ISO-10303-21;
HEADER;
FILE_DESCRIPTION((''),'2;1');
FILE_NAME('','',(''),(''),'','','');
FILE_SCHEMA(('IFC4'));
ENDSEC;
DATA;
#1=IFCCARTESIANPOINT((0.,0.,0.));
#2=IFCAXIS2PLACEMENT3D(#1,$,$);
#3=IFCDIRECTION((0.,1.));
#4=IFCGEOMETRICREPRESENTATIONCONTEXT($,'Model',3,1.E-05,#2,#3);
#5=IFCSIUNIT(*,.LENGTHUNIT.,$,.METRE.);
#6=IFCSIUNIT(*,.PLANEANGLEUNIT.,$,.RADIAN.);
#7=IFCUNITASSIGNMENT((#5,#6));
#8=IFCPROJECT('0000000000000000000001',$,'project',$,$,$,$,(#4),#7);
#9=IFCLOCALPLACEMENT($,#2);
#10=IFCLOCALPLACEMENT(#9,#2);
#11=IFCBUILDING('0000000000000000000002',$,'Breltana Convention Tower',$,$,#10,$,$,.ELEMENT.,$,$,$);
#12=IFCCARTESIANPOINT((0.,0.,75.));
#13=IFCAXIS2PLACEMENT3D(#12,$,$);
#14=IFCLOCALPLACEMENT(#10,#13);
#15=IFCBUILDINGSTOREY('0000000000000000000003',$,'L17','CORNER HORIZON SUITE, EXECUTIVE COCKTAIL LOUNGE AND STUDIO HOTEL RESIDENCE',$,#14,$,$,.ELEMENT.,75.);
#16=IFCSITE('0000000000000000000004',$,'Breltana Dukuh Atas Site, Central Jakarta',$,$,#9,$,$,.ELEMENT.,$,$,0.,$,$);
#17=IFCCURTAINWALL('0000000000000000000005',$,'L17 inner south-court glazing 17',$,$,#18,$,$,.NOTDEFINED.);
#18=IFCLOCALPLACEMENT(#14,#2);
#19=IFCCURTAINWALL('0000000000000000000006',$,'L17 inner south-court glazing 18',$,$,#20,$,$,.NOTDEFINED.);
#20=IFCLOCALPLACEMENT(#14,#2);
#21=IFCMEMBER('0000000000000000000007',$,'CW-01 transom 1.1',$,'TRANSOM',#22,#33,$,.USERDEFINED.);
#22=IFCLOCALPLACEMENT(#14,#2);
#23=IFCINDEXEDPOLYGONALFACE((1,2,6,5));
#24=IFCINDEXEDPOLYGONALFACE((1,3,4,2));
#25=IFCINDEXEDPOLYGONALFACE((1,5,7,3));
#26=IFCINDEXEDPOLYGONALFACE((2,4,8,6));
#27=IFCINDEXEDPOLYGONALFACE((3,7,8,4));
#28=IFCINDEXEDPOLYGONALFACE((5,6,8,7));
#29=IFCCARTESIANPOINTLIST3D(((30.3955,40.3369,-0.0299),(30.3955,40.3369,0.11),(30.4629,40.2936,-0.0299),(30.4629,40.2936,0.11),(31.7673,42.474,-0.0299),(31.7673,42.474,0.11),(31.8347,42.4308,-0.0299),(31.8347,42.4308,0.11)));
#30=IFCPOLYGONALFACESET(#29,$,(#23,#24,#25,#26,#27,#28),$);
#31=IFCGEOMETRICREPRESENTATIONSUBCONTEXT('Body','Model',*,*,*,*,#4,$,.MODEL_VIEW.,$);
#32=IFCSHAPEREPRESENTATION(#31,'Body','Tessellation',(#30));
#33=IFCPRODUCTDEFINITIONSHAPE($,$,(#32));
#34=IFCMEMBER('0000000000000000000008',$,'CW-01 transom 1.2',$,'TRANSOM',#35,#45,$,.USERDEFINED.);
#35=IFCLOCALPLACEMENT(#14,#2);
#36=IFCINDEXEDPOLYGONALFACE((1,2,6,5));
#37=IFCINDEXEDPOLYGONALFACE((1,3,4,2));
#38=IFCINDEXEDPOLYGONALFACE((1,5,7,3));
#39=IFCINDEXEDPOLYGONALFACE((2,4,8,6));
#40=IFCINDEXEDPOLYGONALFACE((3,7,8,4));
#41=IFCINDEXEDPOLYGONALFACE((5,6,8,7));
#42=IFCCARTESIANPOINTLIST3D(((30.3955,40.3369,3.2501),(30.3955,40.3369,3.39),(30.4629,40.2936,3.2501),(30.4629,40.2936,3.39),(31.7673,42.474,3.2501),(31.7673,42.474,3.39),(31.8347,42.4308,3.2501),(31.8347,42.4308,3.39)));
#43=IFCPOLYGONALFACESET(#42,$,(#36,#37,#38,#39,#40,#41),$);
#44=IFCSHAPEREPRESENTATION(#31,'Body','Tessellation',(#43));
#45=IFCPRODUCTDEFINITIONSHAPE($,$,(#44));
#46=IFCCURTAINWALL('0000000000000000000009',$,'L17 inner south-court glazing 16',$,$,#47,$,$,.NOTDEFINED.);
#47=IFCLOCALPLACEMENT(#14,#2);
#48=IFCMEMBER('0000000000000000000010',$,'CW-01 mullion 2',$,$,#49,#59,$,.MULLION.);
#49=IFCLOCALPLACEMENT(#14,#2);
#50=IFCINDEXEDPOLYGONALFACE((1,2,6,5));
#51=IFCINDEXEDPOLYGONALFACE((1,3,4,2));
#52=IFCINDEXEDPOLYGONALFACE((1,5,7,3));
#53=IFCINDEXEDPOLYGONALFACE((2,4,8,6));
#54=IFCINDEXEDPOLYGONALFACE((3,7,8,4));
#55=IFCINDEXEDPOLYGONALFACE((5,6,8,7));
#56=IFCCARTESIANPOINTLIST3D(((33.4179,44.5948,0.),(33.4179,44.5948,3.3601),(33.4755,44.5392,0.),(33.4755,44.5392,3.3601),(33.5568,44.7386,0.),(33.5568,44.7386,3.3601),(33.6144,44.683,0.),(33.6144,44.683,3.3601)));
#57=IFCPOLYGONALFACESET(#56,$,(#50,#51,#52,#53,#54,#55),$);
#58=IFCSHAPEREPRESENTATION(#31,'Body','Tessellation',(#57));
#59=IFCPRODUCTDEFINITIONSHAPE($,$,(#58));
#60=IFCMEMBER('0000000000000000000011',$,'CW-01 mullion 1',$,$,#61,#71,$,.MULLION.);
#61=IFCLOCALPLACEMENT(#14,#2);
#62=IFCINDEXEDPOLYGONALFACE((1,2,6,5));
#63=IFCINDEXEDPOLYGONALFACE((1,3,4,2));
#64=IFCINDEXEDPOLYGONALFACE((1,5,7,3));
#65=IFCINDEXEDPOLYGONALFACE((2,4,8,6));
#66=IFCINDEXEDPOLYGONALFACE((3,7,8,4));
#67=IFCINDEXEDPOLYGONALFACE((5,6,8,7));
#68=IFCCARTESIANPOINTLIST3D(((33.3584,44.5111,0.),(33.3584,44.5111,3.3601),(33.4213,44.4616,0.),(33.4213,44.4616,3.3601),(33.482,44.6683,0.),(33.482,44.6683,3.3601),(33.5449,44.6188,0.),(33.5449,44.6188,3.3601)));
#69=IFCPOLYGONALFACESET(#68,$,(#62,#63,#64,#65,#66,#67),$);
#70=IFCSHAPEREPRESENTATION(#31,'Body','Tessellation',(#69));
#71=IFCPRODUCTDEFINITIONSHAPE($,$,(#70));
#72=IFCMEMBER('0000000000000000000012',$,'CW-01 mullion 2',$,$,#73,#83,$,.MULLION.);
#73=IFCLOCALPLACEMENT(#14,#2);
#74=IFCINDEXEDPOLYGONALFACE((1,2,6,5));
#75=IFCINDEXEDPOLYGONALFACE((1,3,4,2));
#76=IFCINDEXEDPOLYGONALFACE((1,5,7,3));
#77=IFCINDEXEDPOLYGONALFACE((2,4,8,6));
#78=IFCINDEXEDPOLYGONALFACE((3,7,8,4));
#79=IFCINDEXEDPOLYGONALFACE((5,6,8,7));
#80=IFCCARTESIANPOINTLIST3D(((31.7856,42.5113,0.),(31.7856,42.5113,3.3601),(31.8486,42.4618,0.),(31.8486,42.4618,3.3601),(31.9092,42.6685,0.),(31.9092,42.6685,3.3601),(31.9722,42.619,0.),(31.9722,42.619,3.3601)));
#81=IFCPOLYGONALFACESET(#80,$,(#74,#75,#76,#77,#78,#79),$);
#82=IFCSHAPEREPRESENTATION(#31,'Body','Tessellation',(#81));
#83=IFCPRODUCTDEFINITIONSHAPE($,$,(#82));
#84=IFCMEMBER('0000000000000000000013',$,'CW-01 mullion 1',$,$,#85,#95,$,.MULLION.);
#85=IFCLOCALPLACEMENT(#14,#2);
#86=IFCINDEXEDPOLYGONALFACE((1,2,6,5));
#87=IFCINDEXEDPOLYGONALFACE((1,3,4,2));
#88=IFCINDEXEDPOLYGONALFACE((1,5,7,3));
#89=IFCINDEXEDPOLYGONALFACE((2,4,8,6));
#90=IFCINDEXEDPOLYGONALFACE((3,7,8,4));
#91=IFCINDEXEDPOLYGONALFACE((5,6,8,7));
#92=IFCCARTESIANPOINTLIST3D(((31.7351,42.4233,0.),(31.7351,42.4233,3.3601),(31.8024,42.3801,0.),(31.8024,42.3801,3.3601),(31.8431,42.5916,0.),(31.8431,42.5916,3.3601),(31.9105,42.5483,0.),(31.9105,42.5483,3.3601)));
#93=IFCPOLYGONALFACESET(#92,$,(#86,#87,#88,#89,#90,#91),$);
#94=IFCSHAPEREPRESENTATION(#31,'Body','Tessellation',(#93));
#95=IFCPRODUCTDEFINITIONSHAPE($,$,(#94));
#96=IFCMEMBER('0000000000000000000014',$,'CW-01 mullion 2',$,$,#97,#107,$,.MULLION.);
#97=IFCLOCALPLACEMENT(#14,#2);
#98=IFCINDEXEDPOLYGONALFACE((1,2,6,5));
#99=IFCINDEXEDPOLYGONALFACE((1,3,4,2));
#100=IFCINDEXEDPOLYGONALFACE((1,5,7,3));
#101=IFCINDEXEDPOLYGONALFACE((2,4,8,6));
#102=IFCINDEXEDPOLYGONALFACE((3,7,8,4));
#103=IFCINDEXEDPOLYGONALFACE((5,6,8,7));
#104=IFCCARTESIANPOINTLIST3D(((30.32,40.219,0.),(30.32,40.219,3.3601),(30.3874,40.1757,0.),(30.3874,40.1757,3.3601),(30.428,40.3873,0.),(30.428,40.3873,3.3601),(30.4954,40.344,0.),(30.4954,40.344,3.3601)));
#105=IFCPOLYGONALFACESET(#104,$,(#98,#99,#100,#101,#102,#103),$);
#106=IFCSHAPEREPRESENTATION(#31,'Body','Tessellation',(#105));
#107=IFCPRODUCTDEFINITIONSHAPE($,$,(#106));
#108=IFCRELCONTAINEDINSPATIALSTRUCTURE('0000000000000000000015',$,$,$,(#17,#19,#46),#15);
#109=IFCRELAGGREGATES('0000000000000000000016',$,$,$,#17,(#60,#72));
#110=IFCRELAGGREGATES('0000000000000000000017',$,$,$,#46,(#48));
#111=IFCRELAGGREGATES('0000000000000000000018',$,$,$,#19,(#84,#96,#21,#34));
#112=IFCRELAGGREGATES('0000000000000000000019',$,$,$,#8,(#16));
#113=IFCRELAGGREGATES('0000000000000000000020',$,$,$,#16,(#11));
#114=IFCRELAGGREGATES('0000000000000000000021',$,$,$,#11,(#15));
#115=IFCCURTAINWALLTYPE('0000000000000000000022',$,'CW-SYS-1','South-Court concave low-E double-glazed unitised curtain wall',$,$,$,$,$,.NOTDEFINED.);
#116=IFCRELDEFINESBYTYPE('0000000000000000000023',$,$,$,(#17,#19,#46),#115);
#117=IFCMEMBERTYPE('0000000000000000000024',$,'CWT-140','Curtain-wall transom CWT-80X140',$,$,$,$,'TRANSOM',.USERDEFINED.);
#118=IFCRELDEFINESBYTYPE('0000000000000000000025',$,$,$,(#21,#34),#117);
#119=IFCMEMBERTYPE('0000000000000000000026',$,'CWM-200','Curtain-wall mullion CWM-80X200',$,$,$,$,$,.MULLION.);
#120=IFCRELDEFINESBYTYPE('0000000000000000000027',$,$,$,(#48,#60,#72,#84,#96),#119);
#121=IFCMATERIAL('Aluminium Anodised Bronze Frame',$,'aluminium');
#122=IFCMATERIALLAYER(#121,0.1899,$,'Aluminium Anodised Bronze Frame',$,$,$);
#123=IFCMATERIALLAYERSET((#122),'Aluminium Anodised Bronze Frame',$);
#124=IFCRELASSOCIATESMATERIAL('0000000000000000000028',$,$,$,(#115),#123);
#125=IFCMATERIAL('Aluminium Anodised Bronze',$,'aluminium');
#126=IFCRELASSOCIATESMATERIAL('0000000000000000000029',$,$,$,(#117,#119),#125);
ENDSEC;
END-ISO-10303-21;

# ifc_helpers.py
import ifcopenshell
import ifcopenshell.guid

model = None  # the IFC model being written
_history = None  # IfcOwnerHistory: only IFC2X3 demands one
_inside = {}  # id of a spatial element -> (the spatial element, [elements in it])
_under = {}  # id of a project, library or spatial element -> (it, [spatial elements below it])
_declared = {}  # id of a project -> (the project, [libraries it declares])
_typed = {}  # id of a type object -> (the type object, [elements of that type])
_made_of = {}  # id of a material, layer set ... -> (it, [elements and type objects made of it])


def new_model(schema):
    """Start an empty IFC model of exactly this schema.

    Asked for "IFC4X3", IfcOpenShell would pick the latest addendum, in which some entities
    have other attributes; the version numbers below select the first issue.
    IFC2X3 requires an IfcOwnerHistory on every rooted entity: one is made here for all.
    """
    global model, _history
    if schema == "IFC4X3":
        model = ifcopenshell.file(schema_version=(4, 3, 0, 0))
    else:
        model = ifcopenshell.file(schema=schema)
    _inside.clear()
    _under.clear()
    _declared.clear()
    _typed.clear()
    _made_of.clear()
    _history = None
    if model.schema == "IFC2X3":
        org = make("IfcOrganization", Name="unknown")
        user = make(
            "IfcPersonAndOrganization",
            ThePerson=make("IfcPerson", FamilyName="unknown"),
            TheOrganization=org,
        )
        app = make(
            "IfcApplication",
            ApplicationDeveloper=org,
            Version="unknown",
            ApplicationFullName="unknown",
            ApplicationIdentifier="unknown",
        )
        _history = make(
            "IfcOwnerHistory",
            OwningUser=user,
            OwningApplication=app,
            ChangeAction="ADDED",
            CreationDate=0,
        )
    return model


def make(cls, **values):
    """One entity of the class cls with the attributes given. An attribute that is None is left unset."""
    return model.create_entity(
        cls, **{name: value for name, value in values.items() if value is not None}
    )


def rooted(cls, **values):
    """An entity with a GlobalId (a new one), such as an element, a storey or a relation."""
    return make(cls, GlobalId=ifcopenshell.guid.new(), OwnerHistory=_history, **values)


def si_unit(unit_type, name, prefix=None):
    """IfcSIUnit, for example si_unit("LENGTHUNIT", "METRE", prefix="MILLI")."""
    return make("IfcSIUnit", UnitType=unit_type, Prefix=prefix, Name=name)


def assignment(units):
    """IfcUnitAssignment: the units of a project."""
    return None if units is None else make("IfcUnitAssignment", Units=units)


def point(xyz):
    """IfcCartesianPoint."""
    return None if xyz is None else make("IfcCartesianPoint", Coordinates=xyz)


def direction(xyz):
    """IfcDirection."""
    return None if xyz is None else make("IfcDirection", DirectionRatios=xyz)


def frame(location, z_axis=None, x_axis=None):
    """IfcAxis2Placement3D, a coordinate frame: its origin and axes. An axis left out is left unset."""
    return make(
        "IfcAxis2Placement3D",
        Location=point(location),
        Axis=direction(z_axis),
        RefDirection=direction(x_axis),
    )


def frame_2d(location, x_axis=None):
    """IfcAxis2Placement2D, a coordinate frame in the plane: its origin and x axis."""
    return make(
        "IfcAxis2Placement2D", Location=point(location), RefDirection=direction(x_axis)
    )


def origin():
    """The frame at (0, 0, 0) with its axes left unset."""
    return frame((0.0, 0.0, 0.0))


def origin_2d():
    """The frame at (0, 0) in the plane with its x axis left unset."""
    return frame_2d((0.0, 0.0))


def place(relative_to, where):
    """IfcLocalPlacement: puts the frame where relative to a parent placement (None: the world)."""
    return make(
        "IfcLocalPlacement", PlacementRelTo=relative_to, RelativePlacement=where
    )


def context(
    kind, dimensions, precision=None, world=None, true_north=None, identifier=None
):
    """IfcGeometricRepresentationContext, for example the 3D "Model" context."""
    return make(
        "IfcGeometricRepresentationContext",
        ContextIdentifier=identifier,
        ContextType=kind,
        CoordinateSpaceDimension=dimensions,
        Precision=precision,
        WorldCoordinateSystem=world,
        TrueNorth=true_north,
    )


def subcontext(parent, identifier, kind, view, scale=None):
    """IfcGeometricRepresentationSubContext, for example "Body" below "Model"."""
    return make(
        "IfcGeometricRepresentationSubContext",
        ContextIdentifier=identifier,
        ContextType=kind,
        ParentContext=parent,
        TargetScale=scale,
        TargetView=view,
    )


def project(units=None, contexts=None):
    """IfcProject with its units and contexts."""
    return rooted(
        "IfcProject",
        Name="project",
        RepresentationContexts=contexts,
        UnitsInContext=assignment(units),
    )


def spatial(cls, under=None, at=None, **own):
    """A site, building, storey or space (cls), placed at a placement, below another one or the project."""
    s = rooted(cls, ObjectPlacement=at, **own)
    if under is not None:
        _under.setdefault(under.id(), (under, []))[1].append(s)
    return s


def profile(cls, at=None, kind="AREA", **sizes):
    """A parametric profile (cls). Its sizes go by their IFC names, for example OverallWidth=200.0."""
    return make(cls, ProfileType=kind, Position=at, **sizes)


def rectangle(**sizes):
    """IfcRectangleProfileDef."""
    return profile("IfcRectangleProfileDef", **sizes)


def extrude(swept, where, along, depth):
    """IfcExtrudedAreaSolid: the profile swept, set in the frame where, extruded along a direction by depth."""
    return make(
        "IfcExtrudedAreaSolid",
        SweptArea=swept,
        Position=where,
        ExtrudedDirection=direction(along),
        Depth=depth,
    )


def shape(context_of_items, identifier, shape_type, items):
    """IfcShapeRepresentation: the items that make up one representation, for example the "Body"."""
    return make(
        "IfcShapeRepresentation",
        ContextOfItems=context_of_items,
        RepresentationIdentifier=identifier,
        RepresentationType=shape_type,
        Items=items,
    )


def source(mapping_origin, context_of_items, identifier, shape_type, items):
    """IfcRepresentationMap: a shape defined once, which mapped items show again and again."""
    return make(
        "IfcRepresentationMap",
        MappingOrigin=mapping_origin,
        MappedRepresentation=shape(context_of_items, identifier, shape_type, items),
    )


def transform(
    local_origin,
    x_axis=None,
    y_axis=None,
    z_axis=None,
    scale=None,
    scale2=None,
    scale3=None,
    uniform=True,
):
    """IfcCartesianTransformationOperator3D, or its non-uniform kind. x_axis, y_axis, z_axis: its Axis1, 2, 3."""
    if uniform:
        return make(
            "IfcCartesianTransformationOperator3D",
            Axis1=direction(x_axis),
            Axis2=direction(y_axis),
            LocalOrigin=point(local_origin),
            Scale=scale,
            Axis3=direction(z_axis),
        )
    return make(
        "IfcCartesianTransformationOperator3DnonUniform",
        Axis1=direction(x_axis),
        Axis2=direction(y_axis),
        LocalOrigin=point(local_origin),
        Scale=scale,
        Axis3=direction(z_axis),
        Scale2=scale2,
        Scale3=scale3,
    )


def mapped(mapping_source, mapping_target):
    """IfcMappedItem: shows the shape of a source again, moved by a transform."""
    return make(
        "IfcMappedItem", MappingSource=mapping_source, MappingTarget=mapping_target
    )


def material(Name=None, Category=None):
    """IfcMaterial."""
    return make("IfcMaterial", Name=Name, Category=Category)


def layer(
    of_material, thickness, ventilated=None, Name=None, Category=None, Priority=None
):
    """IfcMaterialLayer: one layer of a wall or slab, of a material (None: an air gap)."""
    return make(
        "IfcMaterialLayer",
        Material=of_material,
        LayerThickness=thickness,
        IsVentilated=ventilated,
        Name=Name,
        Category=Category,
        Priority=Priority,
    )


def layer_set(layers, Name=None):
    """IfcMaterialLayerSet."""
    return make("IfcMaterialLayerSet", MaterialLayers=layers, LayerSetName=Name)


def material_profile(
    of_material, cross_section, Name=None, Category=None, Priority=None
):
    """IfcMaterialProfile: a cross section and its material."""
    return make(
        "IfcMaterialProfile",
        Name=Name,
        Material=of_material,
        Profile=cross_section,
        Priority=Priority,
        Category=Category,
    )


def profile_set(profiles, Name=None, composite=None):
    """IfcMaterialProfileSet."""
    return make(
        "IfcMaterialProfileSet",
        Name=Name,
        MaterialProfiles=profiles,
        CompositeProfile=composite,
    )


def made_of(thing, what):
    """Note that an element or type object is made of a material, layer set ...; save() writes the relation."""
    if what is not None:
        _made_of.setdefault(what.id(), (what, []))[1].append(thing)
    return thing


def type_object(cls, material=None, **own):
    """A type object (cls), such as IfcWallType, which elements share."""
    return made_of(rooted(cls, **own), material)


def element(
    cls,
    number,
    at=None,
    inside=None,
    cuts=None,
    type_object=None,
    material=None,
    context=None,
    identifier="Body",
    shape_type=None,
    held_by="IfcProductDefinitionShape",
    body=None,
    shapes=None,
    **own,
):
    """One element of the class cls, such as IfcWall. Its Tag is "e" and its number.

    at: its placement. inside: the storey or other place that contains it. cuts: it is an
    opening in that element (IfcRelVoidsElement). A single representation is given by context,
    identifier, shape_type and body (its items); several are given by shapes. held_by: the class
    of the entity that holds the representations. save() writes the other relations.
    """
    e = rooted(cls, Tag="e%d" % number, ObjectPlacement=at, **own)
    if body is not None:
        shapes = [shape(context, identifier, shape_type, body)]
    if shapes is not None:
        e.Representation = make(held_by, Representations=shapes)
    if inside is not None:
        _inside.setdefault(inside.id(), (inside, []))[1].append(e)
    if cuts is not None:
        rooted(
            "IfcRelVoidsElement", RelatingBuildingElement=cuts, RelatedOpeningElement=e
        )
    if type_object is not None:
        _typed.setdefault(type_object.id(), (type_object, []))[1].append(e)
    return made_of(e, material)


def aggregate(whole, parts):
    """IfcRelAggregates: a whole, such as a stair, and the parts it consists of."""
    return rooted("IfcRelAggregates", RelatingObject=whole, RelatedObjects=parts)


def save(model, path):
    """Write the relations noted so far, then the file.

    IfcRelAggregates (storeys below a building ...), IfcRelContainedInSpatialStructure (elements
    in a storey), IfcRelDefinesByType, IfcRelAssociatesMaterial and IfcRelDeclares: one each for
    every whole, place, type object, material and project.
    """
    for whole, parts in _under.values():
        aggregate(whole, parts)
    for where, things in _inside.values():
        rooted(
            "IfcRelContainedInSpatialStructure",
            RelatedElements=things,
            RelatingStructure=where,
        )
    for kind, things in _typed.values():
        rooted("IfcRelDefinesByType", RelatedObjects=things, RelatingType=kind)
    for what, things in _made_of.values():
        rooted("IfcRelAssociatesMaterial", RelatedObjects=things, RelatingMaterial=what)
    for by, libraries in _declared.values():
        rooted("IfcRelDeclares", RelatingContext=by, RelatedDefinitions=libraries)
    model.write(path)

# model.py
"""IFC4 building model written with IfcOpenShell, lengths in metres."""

from ifc_helpers import new_model, si_unit, direction, frame, origin, origin_2d, place, context, subcontext, project, spatial, rectangle, extrude, source, transform, mapped, material, layer, layer_set, material_profile, profile_set, type_object, element, aggregate, save


model = new_model("IFC4")

# Units and contexts
model_context = context("Model", 3, precision=1e-05, world=origin(), true_north=direction((0.0, 1.0)))
body_context = subcontext(model_context, "Body", "Model", "MODEL_VIEW")
ifc_project = project(units=[si_unit("LENGTHUNIT", "METRE"), si_unit("PLANEANGLEUNIT", "RADIAN")], contexts=[model_context])

# Site, building, storey
site_placement = place(None, origin())
site = spatial("IfcSite", under=ifc_project, at=site_placement, Name="Breltana Dukuh Atas Site, Central Jakarta", CompositionType="ELEMENT", RefElevation=0.0)
building_placement = place(site_placement, origin())
building = spatial("IfcBuilding", under=site, at=building_placement, Name="Breltana Convention Tower", CompositionType="ELEMENT")
storey_placement = place(building_placement, frame((0.0, 0.0, 75.0)))
storey = spatial("IfcBuildingStorey", under=building, at=storey_placement, Name="L17", Description="CORNER HORIZON SUITE, EXECUTIVE COCKTAIL LOUNGE AND STUDIO HOTEL RESIDENCE", CompositionType="ELEMENT", Elevation=75.0)

# Curtain walls, members
ifc_material_1 = material(Name="Aluminium Anodised Bronze Frame", Category="aluminium")
ifc_layer_1 = layer(ifc_material_1, 0.1899, Name="Aluminium Anodised Bronze Frame")
ifc_layer_set_1 = layer_set([ifc_layer_1], Name="Aluminium Anodised Bronze Frame")
curtain_wall_type = type_object("IfcCurtainWallType", Name="CW-SYS-1", Description="South-Court concave low-E double-glazed unitised curtain wall", PredefinedType="NOTDEFINED", material=ifc_layer_set_1)
curtain_wall_1_placement = place(storey_placement, origin())
curtain_wall_1 = element("IfcCurtainWall", 1, at=curtain_wall_1_placement, inside=storey, type_object=curtain_wall_type, Name="L17 inner south-court glazing 17", PredefinedType="NOTDEFINED")
ifc_material_2 = material(Name="Aluminium Anodised Bronze", Category="aluminium")
ifc_material_profile_1 = material_profile(ifc_material_2, rectangle(XDim=0.0801, YDim=0.1399, at=origin_2d()), Name="CWT-80X140")
ifc_profile_set_1 = profile_set([ifc_material_profile_1], Name="Aluminium Anodised Bronze")
member_type_1 = type_object("IfcMemberType", Name="CWT-140", Description="Curtain-wall transom CWT-80X140", ElementType="TRANSOM", PredefinedType="USERDEFINED", material=ifc_profile_set_1)
curtain_wall_2_placement = place(storey_placement, origin())
curtain_wall_2 = element("IfcCurtainWall", 2, at=curtain_wall_2_placement, inside=storey, type_object=curtain_wall_type, Name="L17 inner south-court glazing 18", PredefinedType="NOTDEFINED")
shared_shape_1 = source(origin(), body_context, "Body", "SweptSolid", [
    extrude(rectangle(XDim=0.0801, YDim=0.1399, at=origin_2d()), origin(), (0.0, 0.0, 1.0), 2.5396),
])
member_1_placement = place(storey_placement, frame((31.801, 42.4524, 0.04), z_axis=(-0.540174, -0.841553, 0.0), x_axis=(0.841553, -0.540174, 0.0)))
member_1 = element("IfcMember", 3, at=member_1_placement, type_object=member_type_1, Name="CW-01 transom 1.1", ObjectType="TRANSOM", PredefinedType="USERDEFINED", context=body_context, shape_type="MappedRepresentation", body=[
    mapped(shared_shape_1, transform((0.0, 0.0, 0.0), scale=1.0)),
])
member_2_placement = place(storey_placement, frame((31.801, 42.4524, 3.3201), z_axis=(-0.540174, -0.841553, 0.0), x_axis=(0.841553, -0.540174, 0.0)))
member_2 = element("IfcMember", 4, at=member_2_placement, type_object=member_type_1, Name="CW-01 transom 1.2", ObjectType="TRANSOM", PredefinedType="USERDEFINED", context=body_context, shape_type="MappedRepresentation", body=[
    mapped(shared_shape_1, transform((0.0, 0.0, 0.0), scale=1.0)),
])

# Curtain wall, member
curtain_wall_3_placement = place(storey_placement, origin())
curtain_wall_3 = element("IfcCurtainWall", 5, at=curtain_wall_3_placement, inside=storey, type_object=curtain_wall_type, Name="L17 inner south-court glazing 16", PredefinedType="NOTDEFINED")
ifc_material_profile_2 = material_profile(ifc_material_2, rectangle(XDim=0.0801, YDim=0.2, at=origin_2d()), Name="CWM-80X200")
ifc_profile_set_2 = profile_set([ifc_material_profile_2], Name="Aluminium Anodised Bronze")
member_type_2 = type_object("IfcMemberType", Name="CWM-200", Description="Curtain-wall mullion CWM-80X200", PredefinedType="MULLION", material=ifc_profile_set_2)
shared_shape_2 = source(origin(), body_context, "Body", "SweptSolid", [
    extrude(rectangle(XDim=0.0801, YDim=0.2, at=origin_2d()), origin(), (0.0, 0.0, 1.0), 3.3601),
])
member_3_placement = place(storey_placement, frame((33.5161, 44.6389, 0.0), z_axis=(0.0, 0.0, 1.0), x_axis=(0.719385, -0.694612, 0.0)))
member_3 = element("IfcMember", 6, at=member_3_placement, type_object=member_type_2, Name="CW-01 mullion 2", PredefinedType="MULLION", context=body_context, shape_type="MappedRepresentation", body=[
    mapped(shared_shape_2, transform((0.0, 0.0, 0.0), scale=1.0)),
])

# Members
member_4_placement = place(storey_placement, frame((33.4517, 44.5649, 0.0), z_axis=(0.0, 0.0, 1.0), x_axis=(0.786058, -0.618153, 0.0)))
member_4 = element("IfcMember", 7, at=member_4_placement, type_object=member_type_2, Name="CW-01 mullion 1", PredefinedType="MULLION", context=body_context, shape_type="MappedRepresentation", body=[
    mapped(shared_shape_2, transform((0.0, 0.0, 0.0), scale=1.0)),
])
member_5_placement = place(storey_placement, frame((31.8789, 42.5652, 0.0), z_axis=(0.0, 0.0, 1.0), x_axis=(0.786058, -0.618153, 0.0)))
member_5 = element("IfcMember", 8, at=member_5_placement, type_object=member_type_2, Name="CW-01 mullion 2", PredefinedType="MULLION", context=body_context, shape_type="MappedRepresentation", body=[
    mapped(shared_shape_2, transform((0.0, 0.0, 0.0), scale=1.0)),
])
member_6_placement = place(storey_placement, frame((31.8228, 42.4858, 0.0), z_axis=(0.0, 0.0, 1.0), x_axis=(0.841556, -0.54017, 0.0)))
member_6 = element("IfcMember", 9, at=member_6_placement, type_object=member_type_2, Name="CW-01 mullion 1", PredefinedType="MULLION", context=body_context, shape_type="MappedRepresentation", body=[
    mapped(shared_shape_2, transform((0.0, 0.0, 0.0), scale=1.0)),
])
member_7_placement = place(storey_placement, frame((30.4077, 40.2815, 0.0), z_axis=(0.0, 0.0, 1.0), x_axis=(0.841556, -0.54017, 0.0)))
member_7 = element("IfcMember", 10, at=member_7_placement, type_object=member_type_2, Name="CW-01 mullion 2", PredefinedType="MULLION", context=body_context, shape_type="MappedRepresentation", body=[
    mapped(shared_shape_2, transform((0.0, 0.0, 0.0), scale=1.0)),
])

aggregate(curtain_wall_1, [member_4, member_5])
aggregate(curtain_wall_3, [member_3])
aggregate(curtain_wall_2, [member_6, member_7, member_1, member_2])

save(model, "model.ifc")
